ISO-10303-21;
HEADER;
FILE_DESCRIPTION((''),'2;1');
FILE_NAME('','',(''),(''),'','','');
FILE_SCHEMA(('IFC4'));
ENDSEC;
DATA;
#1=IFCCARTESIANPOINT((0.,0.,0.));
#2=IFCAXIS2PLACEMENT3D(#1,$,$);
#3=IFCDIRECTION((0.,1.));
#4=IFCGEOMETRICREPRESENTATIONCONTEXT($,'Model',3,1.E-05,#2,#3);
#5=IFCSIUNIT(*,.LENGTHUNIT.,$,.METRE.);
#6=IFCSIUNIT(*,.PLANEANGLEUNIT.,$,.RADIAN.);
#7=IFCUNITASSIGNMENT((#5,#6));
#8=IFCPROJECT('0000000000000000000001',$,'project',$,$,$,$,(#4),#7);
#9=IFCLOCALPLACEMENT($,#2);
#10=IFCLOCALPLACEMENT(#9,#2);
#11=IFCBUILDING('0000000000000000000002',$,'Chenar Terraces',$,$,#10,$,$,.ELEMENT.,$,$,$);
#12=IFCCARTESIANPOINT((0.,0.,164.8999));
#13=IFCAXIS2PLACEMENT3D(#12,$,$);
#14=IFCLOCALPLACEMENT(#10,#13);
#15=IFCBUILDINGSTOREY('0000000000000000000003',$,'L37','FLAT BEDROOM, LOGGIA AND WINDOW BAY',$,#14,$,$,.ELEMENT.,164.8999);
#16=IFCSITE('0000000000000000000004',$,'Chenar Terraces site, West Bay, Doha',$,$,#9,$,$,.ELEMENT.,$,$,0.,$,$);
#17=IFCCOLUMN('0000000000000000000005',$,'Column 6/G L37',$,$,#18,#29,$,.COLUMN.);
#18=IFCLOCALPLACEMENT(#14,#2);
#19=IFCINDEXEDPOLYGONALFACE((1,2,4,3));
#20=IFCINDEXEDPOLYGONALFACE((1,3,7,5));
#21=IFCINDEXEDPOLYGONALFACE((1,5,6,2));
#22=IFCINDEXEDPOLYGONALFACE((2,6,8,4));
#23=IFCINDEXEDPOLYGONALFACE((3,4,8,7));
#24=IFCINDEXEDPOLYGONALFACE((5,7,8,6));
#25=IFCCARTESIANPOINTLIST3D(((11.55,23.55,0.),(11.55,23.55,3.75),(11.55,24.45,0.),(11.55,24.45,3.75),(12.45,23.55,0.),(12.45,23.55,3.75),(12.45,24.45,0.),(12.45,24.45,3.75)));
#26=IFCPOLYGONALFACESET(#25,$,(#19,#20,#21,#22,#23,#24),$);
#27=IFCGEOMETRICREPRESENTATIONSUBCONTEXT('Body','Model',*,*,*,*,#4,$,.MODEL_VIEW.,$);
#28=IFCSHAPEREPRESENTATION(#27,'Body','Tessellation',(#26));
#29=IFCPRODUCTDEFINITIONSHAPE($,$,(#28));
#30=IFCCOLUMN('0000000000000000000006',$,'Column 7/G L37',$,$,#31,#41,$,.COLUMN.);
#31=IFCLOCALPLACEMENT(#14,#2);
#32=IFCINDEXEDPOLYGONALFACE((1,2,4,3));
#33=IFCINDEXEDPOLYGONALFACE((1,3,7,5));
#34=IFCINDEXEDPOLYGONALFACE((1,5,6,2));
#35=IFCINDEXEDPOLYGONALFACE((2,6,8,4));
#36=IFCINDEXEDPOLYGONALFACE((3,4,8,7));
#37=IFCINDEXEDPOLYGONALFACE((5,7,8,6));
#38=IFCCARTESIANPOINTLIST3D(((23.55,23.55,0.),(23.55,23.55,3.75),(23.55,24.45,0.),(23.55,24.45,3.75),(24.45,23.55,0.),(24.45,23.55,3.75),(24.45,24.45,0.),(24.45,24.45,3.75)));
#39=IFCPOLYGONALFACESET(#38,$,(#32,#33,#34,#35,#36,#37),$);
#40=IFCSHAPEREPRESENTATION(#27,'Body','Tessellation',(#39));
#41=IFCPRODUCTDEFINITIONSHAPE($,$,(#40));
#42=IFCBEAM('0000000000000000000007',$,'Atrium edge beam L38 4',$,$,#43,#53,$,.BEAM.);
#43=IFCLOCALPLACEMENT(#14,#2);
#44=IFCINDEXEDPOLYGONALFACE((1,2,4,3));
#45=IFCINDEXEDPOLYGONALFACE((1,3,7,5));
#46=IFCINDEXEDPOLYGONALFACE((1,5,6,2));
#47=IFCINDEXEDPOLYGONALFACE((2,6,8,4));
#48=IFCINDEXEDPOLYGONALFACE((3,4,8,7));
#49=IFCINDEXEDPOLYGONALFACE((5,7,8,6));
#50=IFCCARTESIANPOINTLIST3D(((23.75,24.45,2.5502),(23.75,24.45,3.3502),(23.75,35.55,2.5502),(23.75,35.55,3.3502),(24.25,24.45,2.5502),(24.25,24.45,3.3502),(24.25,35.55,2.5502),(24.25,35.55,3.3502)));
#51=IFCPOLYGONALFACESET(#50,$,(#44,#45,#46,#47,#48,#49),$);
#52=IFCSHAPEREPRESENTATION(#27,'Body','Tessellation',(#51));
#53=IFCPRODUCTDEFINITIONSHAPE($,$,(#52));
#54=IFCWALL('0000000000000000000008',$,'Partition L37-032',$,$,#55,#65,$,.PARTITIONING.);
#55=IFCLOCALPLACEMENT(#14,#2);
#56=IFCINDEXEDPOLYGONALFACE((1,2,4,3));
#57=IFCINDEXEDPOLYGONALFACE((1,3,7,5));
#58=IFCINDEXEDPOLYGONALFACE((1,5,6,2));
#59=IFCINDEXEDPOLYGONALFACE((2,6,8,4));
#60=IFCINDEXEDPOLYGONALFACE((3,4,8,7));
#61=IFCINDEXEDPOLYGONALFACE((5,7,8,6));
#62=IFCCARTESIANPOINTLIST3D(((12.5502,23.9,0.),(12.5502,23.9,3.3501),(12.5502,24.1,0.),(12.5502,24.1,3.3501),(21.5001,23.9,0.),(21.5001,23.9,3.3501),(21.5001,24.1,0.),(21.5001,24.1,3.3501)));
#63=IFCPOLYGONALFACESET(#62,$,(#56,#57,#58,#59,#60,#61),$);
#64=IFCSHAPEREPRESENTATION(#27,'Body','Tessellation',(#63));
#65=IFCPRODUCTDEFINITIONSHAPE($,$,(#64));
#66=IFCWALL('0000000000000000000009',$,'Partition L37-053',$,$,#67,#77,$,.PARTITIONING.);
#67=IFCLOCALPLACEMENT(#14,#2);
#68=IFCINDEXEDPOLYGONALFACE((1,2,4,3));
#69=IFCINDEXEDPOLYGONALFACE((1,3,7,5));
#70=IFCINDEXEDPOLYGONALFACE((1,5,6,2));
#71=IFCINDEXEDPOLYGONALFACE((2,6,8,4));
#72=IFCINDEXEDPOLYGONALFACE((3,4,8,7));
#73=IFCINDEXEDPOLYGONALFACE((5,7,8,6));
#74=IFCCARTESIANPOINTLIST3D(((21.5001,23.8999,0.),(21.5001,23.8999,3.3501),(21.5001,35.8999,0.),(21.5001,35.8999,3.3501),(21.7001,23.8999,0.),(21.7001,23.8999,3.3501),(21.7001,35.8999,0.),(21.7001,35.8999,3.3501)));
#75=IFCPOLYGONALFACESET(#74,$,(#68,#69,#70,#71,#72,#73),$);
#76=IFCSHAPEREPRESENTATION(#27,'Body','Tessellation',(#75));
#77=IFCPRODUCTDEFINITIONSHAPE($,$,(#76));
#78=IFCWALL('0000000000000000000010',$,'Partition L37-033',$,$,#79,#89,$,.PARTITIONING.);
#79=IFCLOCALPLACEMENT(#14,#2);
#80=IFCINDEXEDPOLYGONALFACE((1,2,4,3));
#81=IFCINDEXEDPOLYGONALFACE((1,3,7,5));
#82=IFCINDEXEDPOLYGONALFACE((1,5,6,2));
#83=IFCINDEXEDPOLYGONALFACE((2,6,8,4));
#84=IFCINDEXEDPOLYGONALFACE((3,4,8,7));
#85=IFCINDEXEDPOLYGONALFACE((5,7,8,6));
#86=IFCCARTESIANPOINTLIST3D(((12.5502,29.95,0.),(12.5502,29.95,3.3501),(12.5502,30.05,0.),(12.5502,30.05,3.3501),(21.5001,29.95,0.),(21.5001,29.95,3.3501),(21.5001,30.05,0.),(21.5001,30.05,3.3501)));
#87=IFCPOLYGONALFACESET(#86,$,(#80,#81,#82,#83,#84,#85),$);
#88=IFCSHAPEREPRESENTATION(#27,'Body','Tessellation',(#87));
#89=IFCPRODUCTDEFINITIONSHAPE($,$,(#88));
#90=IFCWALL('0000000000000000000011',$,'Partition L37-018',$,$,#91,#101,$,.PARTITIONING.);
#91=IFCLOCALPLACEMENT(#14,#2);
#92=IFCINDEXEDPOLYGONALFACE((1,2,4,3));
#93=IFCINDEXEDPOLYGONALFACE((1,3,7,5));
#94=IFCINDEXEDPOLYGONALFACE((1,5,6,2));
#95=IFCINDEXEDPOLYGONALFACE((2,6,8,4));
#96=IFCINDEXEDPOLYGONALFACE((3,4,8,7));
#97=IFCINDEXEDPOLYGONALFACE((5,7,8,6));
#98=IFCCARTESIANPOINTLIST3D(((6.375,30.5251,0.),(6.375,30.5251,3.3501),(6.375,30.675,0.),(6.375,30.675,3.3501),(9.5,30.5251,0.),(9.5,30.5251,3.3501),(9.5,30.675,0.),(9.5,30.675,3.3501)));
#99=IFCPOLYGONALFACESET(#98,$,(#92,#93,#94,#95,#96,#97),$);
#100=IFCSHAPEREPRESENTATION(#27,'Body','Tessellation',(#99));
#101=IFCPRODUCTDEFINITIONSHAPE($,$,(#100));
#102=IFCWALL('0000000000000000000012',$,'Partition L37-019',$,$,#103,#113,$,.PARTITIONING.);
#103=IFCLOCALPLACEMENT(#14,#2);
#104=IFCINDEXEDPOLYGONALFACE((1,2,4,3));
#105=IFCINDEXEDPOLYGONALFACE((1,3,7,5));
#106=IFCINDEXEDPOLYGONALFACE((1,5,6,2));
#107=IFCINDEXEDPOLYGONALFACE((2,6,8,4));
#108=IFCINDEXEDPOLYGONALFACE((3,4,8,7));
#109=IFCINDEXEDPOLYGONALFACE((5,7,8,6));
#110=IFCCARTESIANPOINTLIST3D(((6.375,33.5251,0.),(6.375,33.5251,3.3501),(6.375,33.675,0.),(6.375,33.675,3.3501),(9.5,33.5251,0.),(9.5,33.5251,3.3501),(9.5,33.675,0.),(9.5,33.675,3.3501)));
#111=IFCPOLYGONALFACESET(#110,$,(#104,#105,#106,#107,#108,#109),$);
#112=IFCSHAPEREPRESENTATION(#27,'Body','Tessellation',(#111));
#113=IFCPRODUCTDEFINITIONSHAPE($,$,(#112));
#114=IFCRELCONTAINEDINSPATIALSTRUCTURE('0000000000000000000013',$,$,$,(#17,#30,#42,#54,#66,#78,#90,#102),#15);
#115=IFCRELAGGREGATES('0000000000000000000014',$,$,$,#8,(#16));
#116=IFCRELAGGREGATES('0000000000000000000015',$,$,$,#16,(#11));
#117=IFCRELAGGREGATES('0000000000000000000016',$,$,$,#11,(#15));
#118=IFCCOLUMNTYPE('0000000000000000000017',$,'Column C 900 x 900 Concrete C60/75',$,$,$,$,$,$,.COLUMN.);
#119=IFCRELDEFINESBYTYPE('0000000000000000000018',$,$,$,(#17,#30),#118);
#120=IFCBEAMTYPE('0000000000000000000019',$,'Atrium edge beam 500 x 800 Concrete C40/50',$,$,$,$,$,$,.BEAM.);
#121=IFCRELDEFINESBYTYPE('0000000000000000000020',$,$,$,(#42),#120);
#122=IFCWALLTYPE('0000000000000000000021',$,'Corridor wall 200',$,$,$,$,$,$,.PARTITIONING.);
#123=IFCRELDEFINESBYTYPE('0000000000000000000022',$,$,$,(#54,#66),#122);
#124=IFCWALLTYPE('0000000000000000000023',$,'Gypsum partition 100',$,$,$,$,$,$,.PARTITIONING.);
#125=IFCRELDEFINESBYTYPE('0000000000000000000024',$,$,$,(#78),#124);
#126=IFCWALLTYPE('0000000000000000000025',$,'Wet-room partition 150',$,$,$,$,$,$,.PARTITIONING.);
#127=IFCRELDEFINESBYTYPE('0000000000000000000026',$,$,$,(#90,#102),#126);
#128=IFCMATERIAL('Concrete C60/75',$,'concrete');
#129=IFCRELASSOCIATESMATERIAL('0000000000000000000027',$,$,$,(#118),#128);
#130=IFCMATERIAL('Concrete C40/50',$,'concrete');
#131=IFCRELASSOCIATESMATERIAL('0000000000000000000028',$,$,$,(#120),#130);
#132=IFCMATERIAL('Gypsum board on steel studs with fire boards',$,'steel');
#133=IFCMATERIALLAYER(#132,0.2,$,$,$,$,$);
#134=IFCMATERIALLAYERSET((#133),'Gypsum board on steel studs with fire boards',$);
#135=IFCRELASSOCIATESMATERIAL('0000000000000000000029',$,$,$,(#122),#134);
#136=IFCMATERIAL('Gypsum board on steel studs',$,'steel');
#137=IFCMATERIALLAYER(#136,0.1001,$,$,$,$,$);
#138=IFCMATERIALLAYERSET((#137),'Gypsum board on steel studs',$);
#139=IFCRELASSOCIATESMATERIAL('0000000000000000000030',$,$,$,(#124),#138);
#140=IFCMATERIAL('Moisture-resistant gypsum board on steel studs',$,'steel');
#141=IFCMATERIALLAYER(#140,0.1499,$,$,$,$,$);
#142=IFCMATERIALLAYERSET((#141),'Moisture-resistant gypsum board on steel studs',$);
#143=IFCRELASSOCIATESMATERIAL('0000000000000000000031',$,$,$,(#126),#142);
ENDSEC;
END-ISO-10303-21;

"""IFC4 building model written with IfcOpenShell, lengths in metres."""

from ifc_helpers import new_model, si_unit, direction, frame, frame_2d, origin, origin_2d, place, context, subcontext, project, spatial, rectangle, extrude, material, layer, layer_set, material_profile, profile_set, type_object, element, save


model = new_model("IFC4")

# Units and contexts
model_context = context("Model", 3, precision=1e-05, world=origin(), true_north=direction((0.0, 1.0)))
body_context = subcontext(model_context, "Body", "Model", "MODEL_VIEW")
ifc_project = project(units=[si_unit("LENGTHUNIT", "METRE"), si_unit("PLANEANGLEUNIT", "RADIAN")], contexts=[model_context])

# Site, building, storey
site_placement = place(None, origin())
site = spatial("IfcSite", under=ifc_project, at=site_placement, Name="Chenar Terraces site, West Bay, Doha", CompositionType="ELEMENT", RefElevation=0.0)
building_placement = place(site_placement, origin())
building = spatial("IfcBuilding", under=site, at=building_placement, Name="Chenar Terraces", CompositionType="ELEMENT")
storey_placement = place(building_placement, frame((0.0, 0.0, 164.8999)))
storey = spatial("IfcBuildingStorey", under=building, at=storey_placement, Name="L37", Description="FLAT BEDROOM, LOGGIA AND WINDOW BAY", CompositionType="ELEMENT", Elevation=164.8999)

# Columns
ifc_material_1 = material(Name="Concrete C60/75", Category="concrete")
ifc_material_profile_1 = material_profile(ifc_material_1, rectangle(XDim=0.8999, YDim=0.8999, at=origin_2d()), Name="C 900 x 900")
ifc_profile_set_1 = profile_set([ifc_material_profile_1], Name="Concrete C60/75")
column_type = type_object("IfcColumnType", Name="Column C 900 x 900 Concrete C60/75", PredefinedType="COLUMN", material=ifc_profile_set_1)
for number, where, z_axis, x_axis, name in (
    (1, (12.0, 24.0, 0.0), (0.0, 0.0, 1.0), (1.0, 0.0, 0.0), "Column 6/G L37"),
    (2, (24.0, 24.0, 0.0), (0.0, 0.0, 1.0), (1.0, 0.0, 0.0), "Column 7/G L37"),
):
    element("IfcColumn", number, at=place(storey_placement, frame(where, z_axis=z_axis, x_axis=x_axis)), inside=storey, type_object=column_type, Name=name, PredefinedType="COLUMN", context=body_context, shape_type="SweptSolid", body=[
        extrude(rectangle(XDim=0.8999, YDim=0.8999, at=origin_2d()), origin(), (0.0, 0.0, 1.0), 3.75),
    ])

# Beam
ifc_material_2 = material(Name="Concrete C40/50", Category="concrete")
ifc_material_profile_2 = material_profile(ifc_material_2, rectangle(XDim=0.5, YDim=0.8, at=origin_2d()), Name="RC 500 x 800")
ifc_profile_set_2 = profile_set([ifc_material_profile_2], Name="Concrete C40/50")
beam_type = type_object("IfcBeamType", Name="Atrium edge beam 500 x 800 Concrete C40/50", PredefinedType="BEAM", material=ifc_profile_set_2)
beam_placement = place(storey_placement, frame((24.0, 35.55, 2.9502), z_axis=(0.0, -1.0, 0.0), x_axis=(1.0, 0.0, 0.0)))
element("IfcBeam", 3, at=beam_placement, inside=storey, type_object=beam_type, Name="Atrium edge beam L38 4", PredefinedType="BEAM", context=body_context, shape_type="SweptSolid", body=[
    extrude(rectangle(XDim=0.5, YDim=0.8, at=origin_2d()), origin(), (0.0, 0.0, 1.0), 11.1001),
])

# Walls
ifc_material_3 = material(Name="Gypsum board on steel studs with fire boards", Category="steel")
ifc_layer_1 = layer(ifc_material_3, 0.2)
ifc_layer_set_1 = layer_set([ifc_layer_1], Name="Gypsum board on steel studs with fire boards")
wall_type_1 = type_object("IfcWallType", Name="Corridor wall 200", PredefinedType="PARTITIONING", material=ifc_layer_set_1)
wall_1_placement = place(storey_placement, frame((12.55, 24.0, 0.0), z_axis=(0.0, 0.0, 1.0), x_axis=(1.0, 0.0, 0.0)))
element("IfcWall", 4, at=wall_1_placement, inside=storey, type_object=wall_type_1, Name="Partition L37-032", PredefinedType="PARTITIONING", context=body_context, shape_type="SweptSolid", body=[
    extrude(rectangle(XDim=8.95, YDim=0.2, at=frame_2d((4.4751, 0.0))), origin(), (0.0, 0.0, 1.0), 3.3501),
])
wall_2_placement = place(storey_placement, frame((21.6001, 23.8999, 0.0), z_axis=(0.0, 0.0, 1.0), x_axis=(0.0, 1.0, 0.0)))
element("IfcWall", 5, at=wall_2_placement, inside=storey, type_object=wall_type_1, Name="Partition L37-053", PredefinedType="PARTITIONING", context=body_context, shape_type="SweptSolid", body=[
    extrude(rectangle(XDim=12.0, YDim=0.2, at=frame_2d((6.0, 0.0))), origin(), (0.0, 0.0, 1.0), 3.3501),
])
ifc_material_4 = material(Name="Gypsum board on steel studs", Category="steel")
ifc_layer_2 = layer(ifc_material_4, 0.1001)
ifc_layer_set_2 = layer_set([ifc_layer_2], Name="Gypsum board on steel studs")
wall_type_2 = type_object("IfcWallType", Name="Gypsum partition 100", PredefinedType="PARTITIONING", material=ifc_layer_set_2)
wall_3_placement = place(storey_placement, frame((12.55, 30.0, 0.0), z_axis=(0.0, 0.0, 1.0), x_axis=(1.0, 0.0, 0.0)))
element("IfcWall", 6, at=wall_3_placement, inside=storey, type_object=wall_type_2, Name="Partition L37-033", PredefinedType="PARTITIONING", context=body_context, shape_type="SweptSolid", body=[
    extrude(rectangle(XDim=8.95, YDim=0.1001, at=frame_2d((4.4751, 0.0))), origin(), (0.0, 0.0, 1.0), 3.3501),
])
ifc_material_5 = material(Name="Moisture-resistant gypsum board on steel studs", Category="steel")
ifc_layer_3 = layer(ifc_material_5, 0.1499)
ifc_layer_set_3 = layer_set([ifc_layer_3], Name="Moisture-resistant gypsum board on steel studs")
wall_type_3 = type_object("IfcWallType", Name="Wet-room partition 150", PredefinedType="PARTITIONING", material=ifc_layer_set_3)
for number, where, z_axis, x_axis, name in (
    (7, (6.375, 30.6001, 0.0), (0.0, 0.0, 1.0), (1.0, 0.0, 0.0), "Partition L37-018"),
    (8, (6.375, 33.6001, 0.0), (0.0, 0.0, 1.0), (1.0, 0.0, 0.0), "Partition L37-019"),
):
    element("IfcWall", number, at=place(storey_placement, frame(where, z_axis=z_axis, x_axis=x_axis)), inside=storey, type_object=wall_type_3, Name=name, PredefinedType="PARTITIONING", context=body_context, shape_type="SweptSolid", body=[
        extrude(rectangle(XDim=3.125, YDim=0.1499, at=frame_2d((1.5625, 0.0))), origin(), (0.0, 0.0, 1.0), 3.3501),
    ])

save(model, "model.ifc")
